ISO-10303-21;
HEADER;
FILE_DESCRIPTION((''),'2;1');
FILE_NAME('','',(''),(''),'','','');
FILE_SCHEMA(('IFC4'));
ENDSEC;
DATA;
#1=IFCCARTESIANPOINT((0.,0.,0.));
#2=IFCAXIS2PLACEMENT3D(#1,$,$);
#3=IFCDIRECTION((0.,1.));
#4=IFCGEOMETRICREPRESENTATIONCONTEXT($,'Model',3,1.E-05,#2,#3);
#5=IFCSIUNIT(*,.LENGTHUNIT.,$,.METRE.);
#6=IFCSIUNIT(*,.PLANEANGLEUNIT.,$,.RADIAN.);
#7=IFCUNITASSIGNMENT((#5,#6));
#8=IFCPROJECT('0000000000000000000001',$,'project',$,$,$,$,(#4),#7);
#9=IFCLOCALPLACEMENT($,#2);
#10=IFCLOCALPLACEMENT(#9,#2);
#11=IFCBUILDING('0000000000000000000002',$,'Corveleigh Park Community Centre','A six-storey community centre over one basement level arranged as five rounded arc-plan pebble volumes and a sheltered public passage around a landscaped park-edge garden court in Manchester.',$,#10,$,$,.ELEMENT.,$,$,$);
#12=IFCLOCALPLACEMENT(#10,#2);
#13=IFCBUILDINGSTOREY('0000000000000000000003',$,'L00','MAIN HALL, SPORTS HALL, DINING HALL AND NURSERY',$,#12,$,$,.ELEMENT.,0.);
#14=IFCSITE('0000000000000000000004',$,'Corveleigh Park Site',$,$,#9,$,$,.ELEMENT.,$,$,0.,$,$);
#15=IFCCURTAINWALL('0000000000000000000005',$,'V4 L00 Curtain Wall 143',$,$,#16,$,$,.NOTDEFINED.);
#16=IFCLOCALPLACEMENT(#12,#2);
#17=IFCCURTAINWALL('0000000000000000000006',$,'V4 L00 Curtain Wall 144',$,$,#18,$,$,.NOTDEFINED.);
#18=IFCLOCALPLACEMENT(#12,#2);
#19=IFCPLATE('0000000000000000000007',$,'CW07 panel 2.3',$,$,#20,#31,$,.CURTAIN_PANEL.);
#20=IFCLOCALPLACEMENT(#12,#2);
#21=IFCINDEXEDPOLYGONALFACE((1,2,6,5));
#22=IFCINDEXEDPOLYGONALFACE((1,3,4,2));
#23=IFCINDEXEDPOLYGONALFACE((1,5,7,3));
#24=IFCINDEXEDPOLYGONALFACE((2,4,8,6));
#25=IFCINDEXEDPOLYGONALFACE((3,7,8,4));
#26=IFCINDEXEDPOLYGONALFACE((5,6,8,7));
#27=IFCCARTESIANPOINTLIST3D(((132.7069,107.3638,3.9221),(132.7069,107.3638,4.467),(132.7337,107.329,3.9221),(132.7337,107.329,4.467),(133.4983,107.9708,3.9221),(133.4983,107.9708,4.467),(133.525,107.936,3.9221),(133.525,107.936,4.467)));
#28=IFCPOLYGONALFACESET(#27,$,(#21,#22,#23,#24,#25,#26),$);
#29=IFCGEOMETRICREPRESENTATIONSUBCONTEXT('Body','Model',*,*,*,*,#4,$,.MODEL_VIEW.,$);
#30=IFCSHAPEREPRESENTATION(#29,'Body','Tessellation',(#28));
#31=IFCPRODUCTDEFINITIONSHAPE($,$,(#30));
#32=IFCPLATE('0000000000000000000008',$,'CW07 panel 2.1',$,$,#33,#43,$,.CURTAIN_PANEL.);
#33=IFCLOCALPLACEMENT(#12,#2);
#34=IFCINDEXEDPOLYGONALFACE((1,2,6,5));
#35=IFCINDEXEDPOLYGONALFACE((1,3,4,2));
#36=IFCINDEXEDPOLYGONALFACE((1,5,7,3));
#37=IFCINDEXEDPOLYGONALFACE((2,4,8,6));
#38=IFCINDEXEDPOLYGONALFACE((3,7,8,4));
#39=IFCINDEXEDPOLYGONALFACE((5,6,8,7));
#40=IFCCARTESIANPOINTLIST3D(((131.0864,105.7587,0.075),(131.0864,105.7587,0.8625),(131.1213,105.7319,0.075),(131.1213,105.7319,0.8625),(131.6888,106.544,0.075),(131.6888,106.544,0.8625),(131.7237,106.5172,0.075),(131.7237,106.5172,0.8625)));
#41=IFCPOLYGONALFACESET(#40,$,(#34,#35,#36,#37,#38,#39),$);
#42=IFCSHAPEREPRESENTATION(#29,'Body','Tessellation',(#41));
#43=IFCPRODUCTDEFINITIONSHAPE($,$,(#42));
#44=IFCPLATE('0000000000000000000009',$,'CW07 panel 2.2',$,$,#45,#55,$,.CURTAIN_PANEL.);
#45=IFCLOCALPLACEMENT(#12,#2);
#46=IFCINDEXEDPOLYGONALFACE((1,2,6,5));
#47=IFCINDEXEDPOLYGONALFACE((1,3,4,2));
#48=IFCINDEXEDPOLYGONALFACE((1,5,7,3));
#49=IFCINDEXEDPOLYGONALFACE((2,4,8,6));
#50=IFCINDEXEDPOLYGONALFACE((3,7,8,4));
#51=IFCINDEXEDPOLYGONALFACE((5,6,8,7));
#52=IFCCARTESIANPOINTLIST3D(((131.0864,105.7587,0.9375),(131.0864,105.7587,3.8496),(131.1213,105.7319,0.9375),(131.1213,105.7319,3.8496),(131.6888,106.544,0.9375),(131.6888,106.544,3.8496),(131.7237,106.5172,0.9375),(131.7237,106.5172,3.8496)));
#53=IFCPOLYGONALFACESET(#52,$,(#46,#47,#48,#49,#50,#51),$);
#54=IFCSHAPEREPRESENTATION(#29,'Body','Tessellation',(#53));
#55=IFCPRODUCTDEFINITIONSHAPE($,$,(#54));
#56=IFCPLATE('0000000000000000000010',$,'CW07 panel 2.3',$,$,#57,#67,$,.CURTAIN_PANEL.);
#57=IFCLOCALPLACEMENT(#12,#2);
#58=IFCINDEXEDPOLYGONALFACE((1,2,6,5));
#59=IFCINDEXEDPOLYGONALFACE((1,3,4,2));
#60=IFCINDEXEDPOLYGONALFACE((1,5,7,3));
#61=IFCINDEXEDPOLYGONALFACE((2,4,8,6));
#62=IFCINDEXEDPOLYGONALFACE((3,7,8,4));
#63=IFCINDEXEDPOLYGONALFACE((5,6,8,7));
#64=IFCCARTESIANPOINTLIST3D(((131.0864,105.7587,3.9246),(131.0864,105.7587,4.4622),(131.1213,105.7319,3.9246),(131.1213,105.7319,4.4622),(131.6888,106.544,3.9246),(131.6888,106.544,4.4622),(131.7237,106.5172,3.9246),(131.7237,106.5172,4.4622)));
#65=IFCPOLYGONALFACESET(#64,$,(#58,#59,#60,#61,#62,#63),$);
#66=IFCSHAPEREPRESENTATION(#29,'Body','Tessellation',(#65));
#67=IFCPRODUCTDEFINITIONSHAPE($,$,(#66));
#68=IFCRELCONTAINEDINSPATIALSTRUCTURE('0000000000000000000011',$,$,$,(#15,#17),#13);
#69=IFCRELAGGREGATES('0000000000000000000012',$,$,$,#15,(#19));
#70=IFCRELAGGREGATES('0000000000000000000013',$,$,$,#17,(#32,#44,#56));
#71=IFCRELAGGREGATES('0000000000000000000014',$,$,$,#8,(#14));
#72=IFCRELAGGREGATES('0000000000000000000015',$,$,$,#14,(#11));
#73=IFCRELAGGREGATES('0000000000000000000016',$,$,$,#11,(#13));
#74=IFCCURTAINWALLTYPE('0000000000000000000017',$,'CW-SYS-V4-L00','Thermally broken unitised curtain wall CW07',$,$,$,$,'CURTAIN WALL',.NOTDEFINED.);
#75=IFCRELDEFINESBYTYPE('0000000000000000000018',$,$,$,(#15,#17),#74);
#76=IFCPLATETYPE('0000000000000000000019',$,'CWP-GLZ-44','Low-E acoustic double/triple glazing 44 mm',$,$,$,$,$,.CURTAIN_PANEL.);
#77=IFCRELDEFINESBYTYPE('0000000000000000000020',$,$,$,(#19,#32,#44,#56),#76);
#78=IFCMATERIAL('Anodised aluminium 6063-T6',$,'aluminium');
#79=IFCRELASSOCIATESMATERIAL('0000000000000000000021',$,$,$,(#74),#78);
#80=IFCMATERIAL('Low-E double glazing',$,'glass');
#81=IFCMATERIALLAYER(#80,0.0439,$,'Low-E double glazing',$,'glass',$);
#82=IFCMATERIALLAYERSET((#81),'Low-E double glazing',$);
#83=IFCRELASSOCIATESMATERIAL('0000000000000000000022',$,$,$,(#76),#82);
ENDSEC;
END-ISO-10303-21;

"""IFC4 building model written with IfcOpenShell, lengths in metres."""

from ifc_helpers import new_model, si_unit, direction, frame, origin, origin_2d, place, context, subcontext, project, spatial, rectangle, extrude, material, layer, layer_set, type_object, element, aggregate, save


model = new_model("IFC4")

# Units and contexts
model_context = context("Model", 3, precision=1e-05, world=origin(), true_north=direction((0.0, 1.0)))
body_context = subcontext(model_context, "Body", "Model", "MODEL_VIEW")
ifc_project = project(units=[si_unit("LENGTHUNIT", "METRE"), si_unit("PLANEANGLEUNIT", "RADIAN")], contexts=[model_context])

# Site, building, storey
site_placement = place(None, origin())
site = spatial("IfcSite", under=ifc_project, at=site_placement, Name="Corveleigh Park Site", CompositionType="ELEMENT", RefElevation=0.0)
building_placement = place(site_placement, origin())
building = spatial("IfcBuilding", under=site, at=building_placement, Name="Corveleigh Park Community Centre", Description="A six-storey community centre over one basement level arranged as five rounded arc-plan pebble volumes and a sheltered public passage around a landscaped park-edge garden court in Manchester.", CompositionType="ELEMENT")
storey_placement = place(building_placement, origin())
storey = spatial("IfcBuildingStorey", under=building, at=storey_placement, Name="L00", Description="MAIN HALL, SPORTS HALL, DINING HALL AND NURSERY", CompositionType="ELEMENT", Elevation=0.0)

# Shared definitions
ifc_material_1 = material(Name="Anodised aluminium 6063-T6", Category="aluminium")
curtain_wall_type = type_object("IfcCurtainWallType", Name="CW-SYS-V4-L00", Description="Thermally broken unitised curtain wall CW07", ElementType="CURTAIN WALL", PredefinedType="NOTDEFINED", material=ifc_material_1)

# Curtain walls
curtain_wall_1_placement = place(storey_placement, origin())
curtain_wall_1 = element("IfcCurtainWall", 1, at=curtain_wall_1_placement, inside=storey, type_object=curtain_wall_type, Name="V4 L00 Curtain Wall 143", PredefinedType="NOTDEFINED")
curtain_wall_2_placement = place(storey_placement, origin())
curtain_wall_2 = element("IfcCurtainWall", 2, at=curtain_wall_2_placement, inside=storey, type_object=curtain_wall_type, Name="V4 L00 Curtain Wall 144", PredefinedType="NOTDEFINED")

# Plates
ifc_material_2 = material(Name="Low-E double glazing", Category="glass")
ifc_layer_1 = layer(ifc_material_2, 0.0439, Name="Low-E double glazing", Category="glass")
ifc_layer_set_1 = layer_set([ifc_layer_1], Name="Low-E double glazing")
plate_type_1 = type_object("IfcPlateType", Name="CWP-GLZ-44", Description="Low-E acoustic double/triple glazing 44 mm", PredefinedType="CURTAIN_PANEL", material=ifc_layer_set_1)
plate_1_placement = place(storey_placement, frame((133.116, 107.6499, 3.9221), z_axis=(0.0, 0.0, 1.0), x_axis=(0.793455, 0.608629, 0.0)))
plate_1 = element("IfcPlate", 3, at=plate_1_placement, type_object=plate_type_1, Name="CW07 panel 2.3", PredefinedType="CURTAIN_PANEL", context=body_context, shape_type="SweptSolid", body=[
    extrude(rectangle(XDim=0.9973, YDim=0.0439, at=origin_2d()), origin(), (0.0, 0.0, 1.0), 0.5449),
])
aggregate(curtain_wall_1, [plate_1])
plate_2_placement = place(storey_placement, frame((131.405, 106.1379, 0.075), z_axis=(0.0, 0.0, 1.0), x_axis=(0.608629, 0.793455, 0.0)))
plate_2 = element("IfcPlate", 4, at=plate_2_placement, type_object=plate_type_1, Name="CW07 panel 2.1", PredefinedType="CURTAIN_PANEL", context=body_context, shape_type="SweptSolid", body=[
    extrude(rectangle(XDim=0.9897, YDim=0.0439, at=origin_2d()), origin(), (0.0, 0.0, 1.0), 0.7876),
])
plate_3_placement = place(storey_placement, frame((131.405, 106.1379, 0.9375), z_axis=(0.0, 0.0, 1.0), x_axis=(0.608629, 0.793455, 0.0)))
plate_3 = element("IfcPlate", 5, at=plate_3_placement, type_object=plate_type_1, Name="CW07 panel 2.2", PredefinedType="CURTAIN_PANEL", context=body_context, shape_type="SweptSolid", body=[
    extrude(rectangle(XDim=0.9897, YDim=0.0439, at=origin_2d()), origin(), (0.0, 0.0, 1.0), 2.9121),
])
plate_4_placement = place(storey_placement, frame((131.405, 106.1379, 3.9246), z_axis=(0.0, 0.0, 1.0), x_axis=(0.608629, 0.793455, 0.0)))
plate_4 = element("IfcPlate", 6, at=plate_4_placement, type_object=plate_type_1, Name="CW07 panel 2.3", PredefinedType="CURTAIN_PANEL", context=body_context, shape_type="SweptSolid", body=[
    extrude(rectangle(XDim=0.9897, YDim=0.0439, at=origin_2d()), origin(), (0.0, 0.0, 1.0), 0.5376),
])
aggregate(curtain_wall_2, [plate_2, plate_3, plate_4])

save(model, "model.ifc")
